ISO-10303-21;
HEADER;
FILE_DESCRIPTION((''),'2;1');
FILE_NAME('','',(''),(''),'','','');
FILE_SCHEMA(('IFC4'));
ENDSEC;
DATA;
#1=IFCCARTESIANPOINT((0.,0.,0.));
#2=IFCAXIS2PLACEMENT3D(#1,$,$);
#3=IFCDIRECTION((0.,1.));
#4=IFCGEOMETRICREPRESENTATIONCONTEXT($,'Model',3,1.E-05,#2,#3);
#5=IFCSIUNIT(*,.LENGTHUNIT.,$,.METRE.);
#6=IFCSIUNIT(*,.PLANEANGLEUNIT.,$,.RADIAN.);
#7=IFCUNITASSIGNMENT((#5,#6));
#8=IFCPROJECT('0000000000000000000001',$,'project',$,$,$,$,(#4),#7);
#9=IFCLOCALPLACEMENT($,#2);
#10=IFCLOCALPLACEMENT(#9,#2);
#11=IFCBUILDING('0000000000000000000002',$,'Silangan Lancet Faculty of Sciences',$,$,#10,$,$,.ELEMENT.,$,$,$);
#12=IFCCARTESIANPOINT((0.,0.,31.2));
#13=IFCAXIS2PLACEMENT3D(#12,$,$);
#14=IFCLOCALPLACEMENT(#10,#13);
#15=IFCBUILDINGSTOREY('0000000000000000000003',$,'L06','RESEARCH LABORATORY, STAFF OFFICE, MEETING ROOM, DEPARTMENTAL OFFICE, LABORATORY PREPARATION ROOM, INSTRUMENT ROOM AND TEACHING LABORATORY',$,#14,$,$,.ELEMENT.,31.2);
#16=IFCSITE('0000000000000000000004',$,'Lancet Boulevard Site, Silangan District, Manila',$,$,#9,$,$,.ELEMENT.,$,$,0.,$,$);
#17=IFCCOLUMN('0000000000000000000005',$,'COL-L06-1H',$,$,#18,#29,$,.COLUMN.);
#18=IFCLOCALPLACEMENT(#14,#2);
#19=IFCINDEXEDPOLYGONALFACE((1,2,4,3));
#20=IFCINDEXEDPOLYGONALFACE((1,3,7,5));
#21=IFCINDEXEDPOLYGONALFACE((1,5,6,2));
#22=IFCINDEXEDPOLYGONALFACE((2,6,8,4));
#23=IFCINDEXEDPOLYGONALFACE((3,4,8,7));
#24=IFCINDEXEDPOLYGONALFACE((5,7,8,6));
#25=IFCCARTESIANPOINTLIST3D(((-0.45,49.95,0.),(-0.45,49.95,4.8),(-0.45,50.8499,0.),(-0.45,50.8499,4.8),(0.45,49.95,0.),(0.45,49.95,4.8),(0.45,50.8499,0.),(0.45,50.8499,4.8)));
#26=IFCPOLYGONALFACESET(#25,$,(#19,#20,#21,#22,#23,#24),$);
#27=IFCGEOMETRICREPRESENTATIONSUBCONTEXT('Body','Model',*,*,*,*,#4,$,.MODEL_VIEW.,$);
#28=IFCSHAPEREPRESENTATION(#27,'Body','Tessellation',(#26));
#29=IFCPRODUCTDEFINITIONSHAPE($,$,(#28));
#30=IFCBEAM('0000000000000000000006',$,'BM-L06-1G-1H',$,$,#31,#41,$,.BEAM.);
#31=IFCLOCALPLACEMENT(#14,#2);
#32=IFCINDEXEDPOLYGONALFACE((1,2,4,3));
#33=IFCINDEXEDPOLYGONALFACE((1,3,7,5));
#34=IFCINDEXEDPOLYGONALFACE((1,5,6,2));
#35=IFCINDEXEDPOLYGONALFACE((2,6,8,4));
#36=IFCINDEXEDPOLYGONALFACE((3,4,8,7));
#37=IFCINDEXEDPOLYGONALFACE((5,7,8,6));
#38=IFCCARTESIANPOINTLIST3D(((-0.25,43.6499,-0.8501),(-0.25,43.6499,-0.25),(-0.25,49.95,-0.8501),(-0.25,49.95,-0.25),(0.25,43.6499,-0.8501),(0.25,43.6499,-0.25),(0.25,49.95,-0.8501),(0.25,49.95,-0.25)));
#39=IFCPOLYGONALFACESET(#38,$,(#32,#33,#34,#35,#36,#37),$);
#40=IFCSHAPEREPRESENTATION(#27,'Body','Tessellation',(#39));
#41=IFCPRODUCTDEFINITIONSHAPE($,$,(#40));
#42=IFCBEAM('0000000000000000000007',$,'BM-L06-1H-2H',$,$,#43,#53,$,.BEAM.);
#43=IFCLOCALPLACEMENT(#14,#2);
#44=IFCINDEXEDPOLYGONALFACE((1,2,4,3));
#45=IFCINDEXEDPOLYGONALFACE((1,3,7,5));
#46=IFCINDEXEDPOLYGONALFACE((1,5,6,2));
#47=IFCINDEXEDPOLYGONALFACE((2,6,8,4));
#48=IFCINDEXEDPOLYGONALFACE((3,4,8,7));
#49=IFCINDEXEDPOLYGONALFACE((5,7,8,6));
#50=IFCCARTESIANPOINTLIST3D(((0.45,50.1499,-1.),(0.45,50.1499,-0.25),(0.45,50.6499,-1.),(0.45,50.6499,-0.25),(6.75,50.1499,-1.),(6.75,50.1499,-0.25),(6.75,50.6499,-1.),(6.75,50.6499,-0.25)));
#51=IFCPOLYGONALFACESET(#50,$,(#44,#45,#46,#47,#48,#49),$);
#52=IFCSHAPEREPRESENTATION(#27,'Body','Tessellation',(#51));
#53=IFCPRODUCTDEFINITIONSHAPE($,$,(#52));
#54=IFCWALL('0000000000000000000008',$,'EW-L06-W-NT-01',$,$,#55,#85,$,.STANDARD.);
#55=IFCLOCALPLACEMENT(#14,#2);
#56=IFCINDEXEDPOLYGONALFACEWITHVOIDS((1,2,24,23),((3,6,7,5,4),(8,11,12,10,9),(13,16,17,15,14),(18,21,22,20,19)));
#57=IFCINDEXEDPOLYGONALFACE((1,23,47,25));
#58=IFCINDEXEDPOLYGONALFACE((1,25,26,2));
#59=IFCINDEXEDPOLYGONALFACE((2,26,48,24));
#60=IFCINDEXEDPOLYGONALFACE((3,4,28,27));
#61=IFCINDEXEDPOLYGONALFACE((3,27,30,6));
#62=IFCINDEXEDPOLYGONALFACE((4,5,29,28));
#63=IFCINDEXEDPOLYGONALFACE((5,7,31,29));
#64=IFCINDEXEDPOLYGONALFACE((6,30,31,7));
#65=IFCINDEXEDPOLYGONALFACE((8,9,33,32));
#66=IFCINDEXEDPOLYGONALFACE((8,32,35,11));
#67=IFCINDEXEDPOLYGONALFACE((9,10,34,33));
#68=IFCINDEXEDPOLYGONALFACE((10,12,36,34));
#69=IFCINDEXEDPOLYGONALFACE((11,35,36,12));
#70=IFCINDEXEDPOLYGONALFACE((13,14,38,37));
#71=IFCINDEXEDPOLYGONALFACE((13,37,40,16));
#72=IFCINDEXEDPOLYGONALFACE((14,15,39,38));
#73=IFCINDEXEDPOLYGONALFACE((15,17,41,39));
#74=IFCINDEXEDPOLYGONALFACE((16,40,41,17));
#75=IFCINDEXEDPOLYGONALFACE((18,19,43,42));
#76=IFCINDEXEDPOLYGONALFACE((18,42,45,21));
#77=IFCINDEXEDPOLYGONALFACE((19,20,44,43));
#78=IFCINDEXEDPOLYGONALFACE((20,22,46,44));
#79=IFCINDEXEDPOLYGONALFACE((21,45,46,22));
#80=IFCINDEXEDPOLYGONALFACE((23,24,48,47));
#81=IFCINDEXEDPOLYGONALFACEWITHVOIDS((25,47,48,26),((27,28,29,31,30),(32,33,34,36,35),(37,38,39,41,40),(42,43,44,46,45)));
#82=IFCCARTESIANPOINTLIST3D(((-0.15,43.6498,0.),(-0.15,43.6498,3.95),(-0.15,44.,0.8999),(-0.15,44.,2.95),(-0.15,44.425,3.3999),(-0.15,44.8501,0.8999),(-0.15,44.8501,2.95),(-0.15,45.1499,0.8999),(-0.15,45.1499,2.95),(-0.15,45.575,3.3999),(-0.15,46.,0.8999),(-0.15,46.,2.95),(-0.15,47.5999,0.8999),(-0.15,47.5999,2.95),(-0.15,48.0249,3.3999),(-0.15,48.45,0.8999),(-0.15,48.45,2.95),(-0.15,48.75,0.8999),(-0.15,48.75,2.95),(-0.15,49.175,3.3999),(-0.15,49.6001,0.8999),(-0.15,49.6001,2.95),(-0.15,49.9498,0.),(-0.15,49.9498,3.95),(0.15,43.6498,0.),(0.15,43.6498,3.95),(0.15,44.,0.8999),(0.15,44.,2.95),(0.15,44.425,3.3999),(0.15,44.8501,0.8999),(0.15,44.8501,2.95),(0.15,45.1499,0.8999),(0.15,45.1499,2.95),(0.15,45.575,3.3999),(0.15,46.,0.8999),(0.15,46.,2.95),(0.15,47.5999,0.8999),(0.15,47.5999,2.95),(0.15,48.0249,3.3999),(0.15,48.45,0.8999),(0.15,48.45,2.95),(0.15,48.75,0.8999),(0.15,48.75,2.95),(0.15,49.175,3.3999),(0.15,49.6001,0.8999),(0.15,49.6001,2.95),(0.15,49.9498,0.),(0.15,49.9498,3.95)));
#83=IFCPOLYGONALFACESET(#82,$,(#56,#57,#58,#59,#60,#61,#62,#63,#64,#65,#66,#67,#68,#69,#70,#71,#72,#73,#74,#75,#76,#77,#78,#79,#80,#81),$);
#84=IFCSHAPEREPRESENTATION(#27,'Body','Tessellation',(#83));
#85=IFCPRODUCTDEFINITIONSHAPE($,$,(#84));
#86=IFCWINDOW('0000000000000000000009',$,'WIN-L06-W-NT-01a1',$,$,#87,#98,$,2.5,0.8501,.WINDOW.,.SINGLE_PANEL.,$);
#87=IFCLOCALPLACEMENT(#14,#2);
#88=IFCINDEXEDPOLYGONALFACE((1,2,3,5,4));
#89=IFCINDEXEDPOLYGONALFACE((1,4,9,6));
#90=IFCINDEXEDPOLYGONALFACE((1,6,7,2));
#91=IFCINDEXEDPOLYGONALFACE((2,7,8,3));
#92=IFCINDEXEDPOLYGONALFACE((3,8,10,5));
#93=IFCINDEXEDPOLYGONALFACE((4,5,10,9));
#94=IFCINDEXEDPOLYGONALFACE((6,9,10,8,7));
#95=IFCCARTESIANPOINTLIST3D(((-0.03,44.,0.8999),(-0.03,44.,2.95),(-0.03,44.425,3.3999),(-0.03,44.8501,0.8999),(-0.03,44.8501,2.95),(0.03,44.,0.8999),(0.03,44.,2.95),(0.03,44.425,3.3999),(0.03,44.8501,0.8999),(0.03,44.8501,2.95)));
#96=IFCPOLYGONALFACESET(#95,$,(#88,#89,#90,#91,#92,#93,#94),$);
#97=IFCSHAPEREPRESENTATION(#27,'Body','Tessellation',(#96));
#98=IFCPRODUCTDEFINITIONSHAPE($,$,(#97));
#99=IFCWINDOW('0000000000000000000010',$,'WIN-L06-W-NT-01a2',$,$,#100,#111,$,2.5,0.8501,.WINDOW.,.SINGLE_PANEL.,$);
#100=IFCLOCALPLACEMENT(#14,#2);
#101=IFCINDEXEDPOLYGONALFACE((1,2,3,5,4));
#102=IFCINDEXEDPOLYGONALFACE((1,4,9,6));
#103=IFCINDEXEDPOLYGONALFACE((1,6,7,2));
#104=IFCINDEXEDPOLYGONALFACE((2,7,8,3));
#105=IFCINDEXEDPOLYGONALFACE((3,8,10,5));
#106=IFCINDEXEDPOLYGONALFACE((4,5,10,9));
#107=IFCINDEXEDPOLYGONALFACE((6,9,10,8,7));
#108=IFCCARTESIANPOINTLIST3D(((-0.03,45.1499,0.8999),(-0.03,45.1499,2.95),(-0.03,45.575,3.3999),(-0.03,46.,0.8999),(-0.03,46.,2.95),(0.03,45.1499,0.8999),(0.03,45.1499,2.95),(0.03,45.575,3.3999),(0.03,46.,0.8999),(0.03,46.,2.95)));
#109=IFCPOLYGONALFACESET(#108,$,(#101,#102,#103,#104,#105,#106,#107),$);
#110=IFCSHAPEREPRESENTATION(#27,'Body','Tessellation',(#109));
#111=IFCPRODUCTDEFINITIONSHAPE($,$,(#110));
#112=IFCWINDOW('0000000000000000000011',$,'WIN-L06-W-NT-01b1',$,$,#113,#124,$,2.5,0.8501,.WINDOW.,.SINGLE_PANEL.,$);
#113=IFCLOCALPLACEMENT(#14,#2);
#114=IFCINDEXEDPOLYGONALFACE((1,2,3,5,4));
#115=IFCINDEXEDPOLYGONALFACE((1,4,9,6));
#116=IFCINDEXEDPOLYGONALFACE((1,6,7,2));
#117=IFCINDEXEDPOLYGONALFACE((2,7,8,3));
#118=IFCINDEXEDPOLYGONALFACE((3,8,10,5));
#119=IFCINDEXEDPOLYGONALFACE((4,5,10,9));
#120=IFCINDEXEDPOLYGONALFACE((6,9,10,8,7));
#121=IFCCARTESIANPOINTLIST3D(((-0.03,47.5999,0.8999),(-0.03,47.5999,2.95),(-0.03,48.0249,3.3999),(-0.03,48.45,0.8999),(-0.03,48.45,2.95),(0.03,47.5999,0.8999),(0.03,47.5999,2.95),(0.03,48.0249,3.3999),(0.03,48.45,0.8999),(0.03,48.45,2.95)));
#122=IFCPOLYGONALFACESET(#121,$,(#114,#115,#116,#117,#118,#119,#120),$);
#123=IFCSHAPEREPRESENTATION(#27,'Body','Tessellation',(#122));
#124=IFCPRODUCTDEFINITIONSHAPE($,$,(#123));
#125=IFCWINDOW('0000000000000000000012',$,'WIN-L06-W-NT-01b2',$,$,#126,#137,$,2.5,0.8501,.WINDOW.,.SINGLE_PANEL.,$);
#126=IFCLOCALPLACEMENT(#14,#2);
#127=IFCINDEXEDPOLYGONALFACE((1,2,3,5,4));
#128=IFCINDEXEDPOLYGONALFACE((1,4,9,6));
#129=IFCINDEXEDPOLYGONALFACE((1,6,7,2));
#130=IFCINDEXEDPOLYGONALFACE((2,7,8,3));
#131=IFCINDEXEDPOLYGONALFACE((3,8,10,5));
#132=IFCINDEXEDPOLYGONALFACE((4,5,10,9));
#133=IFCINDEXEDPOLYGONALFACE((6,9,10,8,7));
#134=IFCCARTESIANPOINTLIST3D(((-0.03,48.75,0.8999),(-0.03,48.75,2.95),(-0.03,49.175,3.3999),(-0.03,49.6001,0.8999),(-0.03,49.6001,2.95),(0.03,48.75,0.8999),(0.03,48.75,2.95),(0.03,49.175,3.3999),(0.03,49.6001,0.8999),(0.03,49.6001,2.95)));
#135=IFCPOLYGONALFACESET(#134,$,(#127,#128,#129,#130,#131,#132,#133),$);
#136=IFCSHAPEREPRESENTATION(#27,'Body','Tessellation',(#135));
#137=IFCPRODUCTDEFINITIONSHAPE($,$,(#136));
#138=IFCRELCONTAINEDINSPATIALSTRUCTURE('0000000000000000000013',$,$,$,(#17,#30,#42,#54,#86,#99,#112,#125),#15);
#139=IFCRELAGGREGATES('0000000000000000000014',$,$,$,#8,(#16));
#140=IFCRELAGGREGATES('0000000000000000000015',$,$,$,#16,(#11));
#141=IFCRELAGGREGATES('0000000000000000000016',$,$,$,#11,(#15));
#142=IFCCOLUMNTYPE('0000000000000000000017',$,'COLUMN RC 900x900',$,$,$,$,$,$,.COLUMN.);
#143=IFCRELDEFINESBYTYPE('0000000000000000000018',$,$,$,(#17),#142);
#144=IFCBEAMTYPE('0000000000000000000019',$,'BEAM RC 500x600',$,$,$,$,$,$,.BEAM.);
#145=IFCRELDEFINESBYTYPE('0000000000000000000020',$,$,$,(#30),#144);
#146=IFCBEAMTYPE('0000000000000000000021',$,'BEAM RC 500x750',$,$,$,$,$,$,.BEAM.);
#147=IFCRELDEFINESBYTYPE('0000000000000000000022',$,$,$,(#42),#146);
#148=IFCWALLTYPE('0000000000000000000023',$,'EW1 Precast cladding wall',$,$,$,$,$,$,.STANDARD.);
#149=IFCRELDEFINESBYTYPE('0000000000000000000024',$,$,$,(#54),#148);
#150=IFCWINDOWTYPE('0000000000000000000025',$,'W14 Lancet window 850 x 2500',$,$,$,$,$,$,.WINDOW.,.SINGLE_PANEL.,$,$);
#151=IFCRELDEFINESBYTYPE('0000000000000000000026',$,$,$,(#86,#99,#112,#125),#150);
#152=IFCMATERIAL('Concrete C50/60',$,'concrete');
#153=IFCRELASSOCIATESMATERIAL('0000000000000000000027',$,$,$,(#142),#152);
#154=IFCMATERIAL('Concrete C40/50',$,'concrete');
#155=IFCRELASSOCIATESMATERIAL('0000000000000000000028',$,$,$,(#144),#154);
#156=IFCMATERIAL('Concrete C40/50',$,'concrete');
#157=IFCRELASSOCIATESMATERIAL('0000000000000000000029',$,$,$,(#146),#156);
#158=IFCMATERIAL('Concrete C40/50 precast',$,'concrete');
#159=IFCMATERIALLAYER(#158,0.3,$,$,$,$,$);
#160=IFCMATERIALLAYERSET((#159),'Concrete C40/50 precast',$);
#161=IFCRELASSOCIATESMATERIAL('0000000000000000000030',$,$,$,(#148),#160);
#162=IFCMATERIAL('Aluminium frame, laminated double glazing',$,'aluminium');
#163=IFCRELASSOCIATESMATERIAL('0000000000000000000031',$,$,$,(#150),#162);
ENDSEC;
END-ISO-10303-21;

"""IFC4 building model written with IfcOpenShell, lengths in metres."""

from ifc_helpers import new_model, si_unit, direction, frame, frame_2d, origin, origin_2d, place, context, subcontext, project, spatial, polyline, rectangle, outline, extrude, material, layer, layer_set, material_profile, profile_set, type_object, element, fill, save


model = new_model("IFC4")

# Units and contexts
model_context = context("Model", 3, precision=1e-05, world=origin(), true_north=direction((0.0, 1.0)))
body_context = subcontext(model_context, "Body", "Model", "MODEL_VIEW")
ifc_project = project(units=[si_unit("LENGTHUNIT", "METRE"), si_unit("PLANEANGLEUNIT", "RADIAN")], contexts=[model_context])

# Site, building, storey
site_placement = place(None, origin())
site = spatial("IfcSite", under=ifc_project, at=site_placement, Name="Lancet Boulevard Site, Silangan District, Manila", CompositionType="ELEMENT", RefElevation=0.0)
building_placement = place(site_placement, origin())
building = spatial("IfcBuilding", under=site, at=building_placement, Name="Silangan Lancet Faculty of Sciences", CompositionType="ELEMENT")
storey_placement = place(building_placement, frame((0.0, 0.0, 31.2)))
storey = spatial("IfcBuildingStorey", under=building, at=storey_placement, Name="L06", Description="RESEARCH LABORATORY, STAFF OFFICE, MEETING ROOM, DEPARTMENTAL OFFICE, LABORATORY PREPARATION ROOM, INSTRUMENT ROOM AND TEACHING LABORATORY", CompositionType="ELEMENT", Elevation=31.2)

# Column
ifc_material_1 = material(Name="Concrete C50/60", Category="concrete")
ifc_material_profile_1 = material_profile(ifc_material_1, rectangle(XDim=0.8999, YDim=0.8999, at=origin_2d()), Name="RC 900x900")
ifc_profile_set_1 = profile_set([ifc_material_profile_1], Name="Concrete C50/60")
column_type = type_object("IfcColumnType", Name="COLUMN RC 900x900", PredefinedType="COLUMN", material=ifc_profile_set_1)
column_placement = place(storey_placement, frame((0.0, 50.3999, 0.0), z_axis=(0.0, 0.0, 1.0), x_axis=(1.0, 0.0, 0.0)))
element("IfcColumn", 1, at=column_placement, inside=storey, type_object=column_type, Name="COL-L06-1H", PredefinedType="COLUMN", context=body_context, shape_type="SweptSolid", body=[
    extrude(rectangle(XDim=0.8999, YDim=0.8999, at=origin_2d()), origin(), (0.0, 0.0, 1.0), 4.8),
])

# Beams
ifc_material_2 = material(Name="Concrete C40/50", Category="concrete")
ifc_material_profile_2 = material_profile(ifc_material_2, rectangle(XDim=0.5, YDim=0.6001, at=origin_2d()), Name="RC 500x600")
ifc_profile_set_2 = profile_set([ifc_material_profile_2], Name="Concrete C40/50")
beam_type_1 = type_object("IfcBeamType", Name="BEAM RC 500x600", PredefinedType="BEAM", material=ifc_profile_set_2)
beam_1_placement = place(storey_placement, frame((0.0, 43.6499, -0.55), z_axis=(0.0, 1.0, 0.0), x_axis=(-1.0, 0.0, 0.0)))
element("IfcBeam", 2, at=beam_1_placement, inside=storey, type_object=beam_type_1, Name="BM-L06-1G-1H", PredefinedType="BEAM", context=body_context, shape_type="SweptSolid", body=[
    extrude(rectangle(XDim=0.5, YDim=0.6001, at=origin_2d()), origin(), (0.0, 0.0, 1.0), 6.3),
])
ifc_material_3 = material(Name="Concrete C40/50", Category="concrete")
ifc_material_profile_3 = material_profile(ifc_material_3, rectangle(XDim=0.5, YDim=0.75, at=origin_2d()), Name="RC 500x750")
ifc_profile_set_3 = profile_set([ifc_material_profile_3], Name="Concrete C40/50")
beam_type_2 = type_object("IfcBeamType", Name="BEAM RC 500x750", PredefinedType="BEAM", material=ifc_profile_set_3)
beam_2_placement = place(storey_placement, frame((0.45, 50.3999, -0.625), z_axis=(1.0, 0.0, 0.0), x_axis=(0.0, 1.0, 0.0)))
element("IfcBeam", 3, at=beam_2_placement, inside=storey, type_object=beam_type_2, Name="BM-L06-1H-2H", PredefinedType="BEAM", context=body_context, shape_type="SweptSolid", body=[
    extrude(rectangle(XDim=0.5, YDim=0.75, at=origin_2d()), origin(), (0.0, 0.0, 1.0), 6.3),
])

# Wall, openings, windows
ifc_material_4 = material(Name="Concrete C40/50 precast", Category="concrete")
ifc_layer_1 = layer(ifc_material_4, 0.3)
ifc_layer_set_1 = layer_set([ifc_layer_1], Name="Concrete C40/50 precast")
wall_type_1 = type_object("IfcWallType", Name="EW1 Precast cladding wall", PredefinedType="STANDARD", material=ifc_layer_set_1)
wall_1_placement = place(storey_placement, frame((0.0, 43.6499, 0.0), z_axis=(0.0, 0.0, 1.0), x_axis=(0.0, 1.0, 0.0)))
wall_1 = element("IfcWall", 4, at=wall_1_placement, inside=storey, type_object=wall_type_1, Name="EW-L06-W-NT-01", PredefinedType="STANDARD", context=body_context, shape_type="SweptSolid", body=[
    extrude(rectangle(XDim=6.3, YDim=0.3, at=frame_2d((3.1499, 0.0))), origin(), (0.0, 0.0, 1.0), 3.95),
])
opening_1_placement = place(wall_1_placement, frame((0.3501, 0.0, 0.8999)))
opening_1 = element("IfcOpeningElement", 5, at=opening_1_placement, cuts=wall_1, PredefinedType="OPENING", context=body_context, shape_type="SweptSolid", body=[
    extrude(outline(polyline([(0.0, 0.0), (0.8501, 0.0), (0.8501, 2.05), (0.425, 2.5), (0.0, 2.05), (0.0, 0.0)])), frame((0.0, 0.1599, 0.0), z_axis=(0.0, -1.0, 0.0), x_axis=(1.0, 0.0, 0.0)), (0.0, 0.0, 1.0), 0.3201),
])
opening_2_placement = place(wall_1_placement, frame((1.5, 0.0, 0.8999)))
opening_2 = element("IfcOpeningElement", 6, at=opening_2_placement, cuts=wall_1, PredefinedType="OPENING", context=body_context, shape_type="SweptSolid", body=[
    extrude(outline(polyline([(0.0, 0.0), (0.8501, 0.0), (0.8501, 2.05), (0.425, 2.5), (0.0, 2.05), (0.0, 0.0)])), frame((0.0, 0.1599, 0.0), z_axis=(0.0, -1.0, 0.0), x_axis=(1.0, 0.0, 0.0)), (0.0, 0.0, 1.0), 0.3201),
])
opening_3_placement = place(wall_1_placement, frame((3.95, 0.0, 0.8999)))
opening_3 = element("IfcOpeningElement", 7, at=opening_3_placement, cuts=wall_1, PredefinedType="OPENING", context=body_context, shape_type="SweptSolid", body=[
    extrude(outline(polyline([(0.0, 0.0), (0.8501, 0.0), (0.8501, 2.05), (0.425, 2.5), (0.0, 2.05), (0.0, 0.0)])), frame((0.0, 0.1599, 0.0), z_axis=(0.0, -1.0, 0.0), x_axis=(1.0, 0.0, 0.0)), (0.0, 0.0, 1.0), 0.3201),
])
opening_4_placement = place(wall_1_placement, frame((5.1001, 0.0, 0.8999)))
opening_4 = element("IfcOpeningElement", 8, at=opening_4_placement, cuts=wall_1, PredefinedType="OPENING", context=body_context, shape_type="SweptSolid", body=[
    extrude(outline(polyline([(0.0, 0.0), (0.8501, 0.0), (0.8501, 2.05), (0.425, 2.5), (0.0, 2.05), (0.0, 0.0)])), frame((0.0, 0.1599, 0.0), z_axis=(0.0, -1.0, 0.0), x_axis=(1.0, 0.0, 0.0)), (0.0, 0.0, 1.0), 0.3201),
])
ifc_material_5 = material(Name="Aluminium frame, laminated double glazing", Category="aluminium")
window_type = type_object("IfcWindowType", Name="W14 Lancet window 850 x 2500", PartitioningType="SINGLE_PANEL", PredefinedType="WINDOW", material=ifc_material_5)
window_1_placement = place(opening_1_placement, origin())
window_1 = element("IfcWindow", 9, at=window_1_placement, inside=storey, type_object=window_type, Name="WIN-L06-W-NT-01a1", OverallHeight=2.5, OverallWidth=0.8501, PartitioningType="SINGLE_PANEL", PredefinedType="WINDOW", context=body_context, shape_type="SweptSolid", body=[
    extrude(outline(polyline([(0.0, 0.0), (0.8501, 0.0), (0.8501, 2.05), (0.425, 2.5), (0.0, 2.05), (0.0, 0.0)])), frame((0.0, 0.03, 0.0), z_axis=(0.0, -1.0, 0.0), x_axis=(1.0, 0.0, 0.0)), (0.0, 0.0, 1.0), 0.0601),
])
fill(opening_1, window_1)
window_2_placement = place(opening_2_placement, origin())
window_2 = element("IfcWindow", 10, at=window_2_placement, inside=storey, type_object=window_type, Name="WIN-L06-W-NT-01a2", OverallHeight=2.5, OverallWidth=0.8501, PartitioningType="SINGLE_PANEL", PredefinedType="WINDOW", context=body_context, shape_type="SweptSolid", body=[
    extrude(outline(polyline([(0.0, 0.0), (0.8501, 0.0), (0.8501, 2.05), (0.425, 2.5), (0.0, 2.05), (0.0, 0.0)])), frame((0.0, 0.03, 0.0), z_axis=(0.0, -1.0, 0.0), x_axis=(1.0, 0.0, 0.0)), (0.0, 0.0, 1.0), 0.0601),
])
fill(opening_2, window_2)
window_3_placement = place(opening_3_placement, origin())
window_3 = element("IfcWindow", 11, at=window_3_placement, inside=storey, type_object=window_type, Name="WIN-L06-W-NT-01b1", OverallHeight=2.5, OverallWidth=0.8501, PartitioningType="SINGLE_PANEL", PredefinedType="WINDOW", context=body_context, shape_type="SweptSolid", body=[
    extrude(outline(polyline([(0.0, 0.0), (0.8501, 0.0), (0.8501, 2.05), (0.425, 2.5), (0.0, 2.05), (0.0, 0.0)])), frame((0.0, 0.03, 0.0), z_axis=(0.0, -1.0, 0.0), x_axis=(1.0, 0.0, 0.0)), (0.0, 0.0, 1.0), 0.0601),
])
fill(opening_3, window_3)
window_4_placement = place(opening_4_placement, origin())
window_4 = element("IfcWindow", 12, at=window_4_placement, inside=storey, type_object=window_type, Name="WIN-L06-W-NT-01b2", OverallHeight=2.5, OverallWidth=0.8501, PartitioningType="SINGLE_PANEL", PredefinedType="WINDOW", context=body_context, shape_type="SweptSolid", body=[
    extrude(outline(polyline([(0.0, 0.0), (0.8501, 0.0), (0.8501, 2.05), (0.425, 2.5), (0.0, 2.05), (0.0, 0.0)])), frame((0.0, 0.03, 0.0), z_axis=(0.0, -1.0, 0.0), x_axis=(1.0, 0.0, 0.0)), (0.0, 0.0, 1.0), 0.0601),
])
fill(opening_4, window_4)

save(model, "model.ifc")
